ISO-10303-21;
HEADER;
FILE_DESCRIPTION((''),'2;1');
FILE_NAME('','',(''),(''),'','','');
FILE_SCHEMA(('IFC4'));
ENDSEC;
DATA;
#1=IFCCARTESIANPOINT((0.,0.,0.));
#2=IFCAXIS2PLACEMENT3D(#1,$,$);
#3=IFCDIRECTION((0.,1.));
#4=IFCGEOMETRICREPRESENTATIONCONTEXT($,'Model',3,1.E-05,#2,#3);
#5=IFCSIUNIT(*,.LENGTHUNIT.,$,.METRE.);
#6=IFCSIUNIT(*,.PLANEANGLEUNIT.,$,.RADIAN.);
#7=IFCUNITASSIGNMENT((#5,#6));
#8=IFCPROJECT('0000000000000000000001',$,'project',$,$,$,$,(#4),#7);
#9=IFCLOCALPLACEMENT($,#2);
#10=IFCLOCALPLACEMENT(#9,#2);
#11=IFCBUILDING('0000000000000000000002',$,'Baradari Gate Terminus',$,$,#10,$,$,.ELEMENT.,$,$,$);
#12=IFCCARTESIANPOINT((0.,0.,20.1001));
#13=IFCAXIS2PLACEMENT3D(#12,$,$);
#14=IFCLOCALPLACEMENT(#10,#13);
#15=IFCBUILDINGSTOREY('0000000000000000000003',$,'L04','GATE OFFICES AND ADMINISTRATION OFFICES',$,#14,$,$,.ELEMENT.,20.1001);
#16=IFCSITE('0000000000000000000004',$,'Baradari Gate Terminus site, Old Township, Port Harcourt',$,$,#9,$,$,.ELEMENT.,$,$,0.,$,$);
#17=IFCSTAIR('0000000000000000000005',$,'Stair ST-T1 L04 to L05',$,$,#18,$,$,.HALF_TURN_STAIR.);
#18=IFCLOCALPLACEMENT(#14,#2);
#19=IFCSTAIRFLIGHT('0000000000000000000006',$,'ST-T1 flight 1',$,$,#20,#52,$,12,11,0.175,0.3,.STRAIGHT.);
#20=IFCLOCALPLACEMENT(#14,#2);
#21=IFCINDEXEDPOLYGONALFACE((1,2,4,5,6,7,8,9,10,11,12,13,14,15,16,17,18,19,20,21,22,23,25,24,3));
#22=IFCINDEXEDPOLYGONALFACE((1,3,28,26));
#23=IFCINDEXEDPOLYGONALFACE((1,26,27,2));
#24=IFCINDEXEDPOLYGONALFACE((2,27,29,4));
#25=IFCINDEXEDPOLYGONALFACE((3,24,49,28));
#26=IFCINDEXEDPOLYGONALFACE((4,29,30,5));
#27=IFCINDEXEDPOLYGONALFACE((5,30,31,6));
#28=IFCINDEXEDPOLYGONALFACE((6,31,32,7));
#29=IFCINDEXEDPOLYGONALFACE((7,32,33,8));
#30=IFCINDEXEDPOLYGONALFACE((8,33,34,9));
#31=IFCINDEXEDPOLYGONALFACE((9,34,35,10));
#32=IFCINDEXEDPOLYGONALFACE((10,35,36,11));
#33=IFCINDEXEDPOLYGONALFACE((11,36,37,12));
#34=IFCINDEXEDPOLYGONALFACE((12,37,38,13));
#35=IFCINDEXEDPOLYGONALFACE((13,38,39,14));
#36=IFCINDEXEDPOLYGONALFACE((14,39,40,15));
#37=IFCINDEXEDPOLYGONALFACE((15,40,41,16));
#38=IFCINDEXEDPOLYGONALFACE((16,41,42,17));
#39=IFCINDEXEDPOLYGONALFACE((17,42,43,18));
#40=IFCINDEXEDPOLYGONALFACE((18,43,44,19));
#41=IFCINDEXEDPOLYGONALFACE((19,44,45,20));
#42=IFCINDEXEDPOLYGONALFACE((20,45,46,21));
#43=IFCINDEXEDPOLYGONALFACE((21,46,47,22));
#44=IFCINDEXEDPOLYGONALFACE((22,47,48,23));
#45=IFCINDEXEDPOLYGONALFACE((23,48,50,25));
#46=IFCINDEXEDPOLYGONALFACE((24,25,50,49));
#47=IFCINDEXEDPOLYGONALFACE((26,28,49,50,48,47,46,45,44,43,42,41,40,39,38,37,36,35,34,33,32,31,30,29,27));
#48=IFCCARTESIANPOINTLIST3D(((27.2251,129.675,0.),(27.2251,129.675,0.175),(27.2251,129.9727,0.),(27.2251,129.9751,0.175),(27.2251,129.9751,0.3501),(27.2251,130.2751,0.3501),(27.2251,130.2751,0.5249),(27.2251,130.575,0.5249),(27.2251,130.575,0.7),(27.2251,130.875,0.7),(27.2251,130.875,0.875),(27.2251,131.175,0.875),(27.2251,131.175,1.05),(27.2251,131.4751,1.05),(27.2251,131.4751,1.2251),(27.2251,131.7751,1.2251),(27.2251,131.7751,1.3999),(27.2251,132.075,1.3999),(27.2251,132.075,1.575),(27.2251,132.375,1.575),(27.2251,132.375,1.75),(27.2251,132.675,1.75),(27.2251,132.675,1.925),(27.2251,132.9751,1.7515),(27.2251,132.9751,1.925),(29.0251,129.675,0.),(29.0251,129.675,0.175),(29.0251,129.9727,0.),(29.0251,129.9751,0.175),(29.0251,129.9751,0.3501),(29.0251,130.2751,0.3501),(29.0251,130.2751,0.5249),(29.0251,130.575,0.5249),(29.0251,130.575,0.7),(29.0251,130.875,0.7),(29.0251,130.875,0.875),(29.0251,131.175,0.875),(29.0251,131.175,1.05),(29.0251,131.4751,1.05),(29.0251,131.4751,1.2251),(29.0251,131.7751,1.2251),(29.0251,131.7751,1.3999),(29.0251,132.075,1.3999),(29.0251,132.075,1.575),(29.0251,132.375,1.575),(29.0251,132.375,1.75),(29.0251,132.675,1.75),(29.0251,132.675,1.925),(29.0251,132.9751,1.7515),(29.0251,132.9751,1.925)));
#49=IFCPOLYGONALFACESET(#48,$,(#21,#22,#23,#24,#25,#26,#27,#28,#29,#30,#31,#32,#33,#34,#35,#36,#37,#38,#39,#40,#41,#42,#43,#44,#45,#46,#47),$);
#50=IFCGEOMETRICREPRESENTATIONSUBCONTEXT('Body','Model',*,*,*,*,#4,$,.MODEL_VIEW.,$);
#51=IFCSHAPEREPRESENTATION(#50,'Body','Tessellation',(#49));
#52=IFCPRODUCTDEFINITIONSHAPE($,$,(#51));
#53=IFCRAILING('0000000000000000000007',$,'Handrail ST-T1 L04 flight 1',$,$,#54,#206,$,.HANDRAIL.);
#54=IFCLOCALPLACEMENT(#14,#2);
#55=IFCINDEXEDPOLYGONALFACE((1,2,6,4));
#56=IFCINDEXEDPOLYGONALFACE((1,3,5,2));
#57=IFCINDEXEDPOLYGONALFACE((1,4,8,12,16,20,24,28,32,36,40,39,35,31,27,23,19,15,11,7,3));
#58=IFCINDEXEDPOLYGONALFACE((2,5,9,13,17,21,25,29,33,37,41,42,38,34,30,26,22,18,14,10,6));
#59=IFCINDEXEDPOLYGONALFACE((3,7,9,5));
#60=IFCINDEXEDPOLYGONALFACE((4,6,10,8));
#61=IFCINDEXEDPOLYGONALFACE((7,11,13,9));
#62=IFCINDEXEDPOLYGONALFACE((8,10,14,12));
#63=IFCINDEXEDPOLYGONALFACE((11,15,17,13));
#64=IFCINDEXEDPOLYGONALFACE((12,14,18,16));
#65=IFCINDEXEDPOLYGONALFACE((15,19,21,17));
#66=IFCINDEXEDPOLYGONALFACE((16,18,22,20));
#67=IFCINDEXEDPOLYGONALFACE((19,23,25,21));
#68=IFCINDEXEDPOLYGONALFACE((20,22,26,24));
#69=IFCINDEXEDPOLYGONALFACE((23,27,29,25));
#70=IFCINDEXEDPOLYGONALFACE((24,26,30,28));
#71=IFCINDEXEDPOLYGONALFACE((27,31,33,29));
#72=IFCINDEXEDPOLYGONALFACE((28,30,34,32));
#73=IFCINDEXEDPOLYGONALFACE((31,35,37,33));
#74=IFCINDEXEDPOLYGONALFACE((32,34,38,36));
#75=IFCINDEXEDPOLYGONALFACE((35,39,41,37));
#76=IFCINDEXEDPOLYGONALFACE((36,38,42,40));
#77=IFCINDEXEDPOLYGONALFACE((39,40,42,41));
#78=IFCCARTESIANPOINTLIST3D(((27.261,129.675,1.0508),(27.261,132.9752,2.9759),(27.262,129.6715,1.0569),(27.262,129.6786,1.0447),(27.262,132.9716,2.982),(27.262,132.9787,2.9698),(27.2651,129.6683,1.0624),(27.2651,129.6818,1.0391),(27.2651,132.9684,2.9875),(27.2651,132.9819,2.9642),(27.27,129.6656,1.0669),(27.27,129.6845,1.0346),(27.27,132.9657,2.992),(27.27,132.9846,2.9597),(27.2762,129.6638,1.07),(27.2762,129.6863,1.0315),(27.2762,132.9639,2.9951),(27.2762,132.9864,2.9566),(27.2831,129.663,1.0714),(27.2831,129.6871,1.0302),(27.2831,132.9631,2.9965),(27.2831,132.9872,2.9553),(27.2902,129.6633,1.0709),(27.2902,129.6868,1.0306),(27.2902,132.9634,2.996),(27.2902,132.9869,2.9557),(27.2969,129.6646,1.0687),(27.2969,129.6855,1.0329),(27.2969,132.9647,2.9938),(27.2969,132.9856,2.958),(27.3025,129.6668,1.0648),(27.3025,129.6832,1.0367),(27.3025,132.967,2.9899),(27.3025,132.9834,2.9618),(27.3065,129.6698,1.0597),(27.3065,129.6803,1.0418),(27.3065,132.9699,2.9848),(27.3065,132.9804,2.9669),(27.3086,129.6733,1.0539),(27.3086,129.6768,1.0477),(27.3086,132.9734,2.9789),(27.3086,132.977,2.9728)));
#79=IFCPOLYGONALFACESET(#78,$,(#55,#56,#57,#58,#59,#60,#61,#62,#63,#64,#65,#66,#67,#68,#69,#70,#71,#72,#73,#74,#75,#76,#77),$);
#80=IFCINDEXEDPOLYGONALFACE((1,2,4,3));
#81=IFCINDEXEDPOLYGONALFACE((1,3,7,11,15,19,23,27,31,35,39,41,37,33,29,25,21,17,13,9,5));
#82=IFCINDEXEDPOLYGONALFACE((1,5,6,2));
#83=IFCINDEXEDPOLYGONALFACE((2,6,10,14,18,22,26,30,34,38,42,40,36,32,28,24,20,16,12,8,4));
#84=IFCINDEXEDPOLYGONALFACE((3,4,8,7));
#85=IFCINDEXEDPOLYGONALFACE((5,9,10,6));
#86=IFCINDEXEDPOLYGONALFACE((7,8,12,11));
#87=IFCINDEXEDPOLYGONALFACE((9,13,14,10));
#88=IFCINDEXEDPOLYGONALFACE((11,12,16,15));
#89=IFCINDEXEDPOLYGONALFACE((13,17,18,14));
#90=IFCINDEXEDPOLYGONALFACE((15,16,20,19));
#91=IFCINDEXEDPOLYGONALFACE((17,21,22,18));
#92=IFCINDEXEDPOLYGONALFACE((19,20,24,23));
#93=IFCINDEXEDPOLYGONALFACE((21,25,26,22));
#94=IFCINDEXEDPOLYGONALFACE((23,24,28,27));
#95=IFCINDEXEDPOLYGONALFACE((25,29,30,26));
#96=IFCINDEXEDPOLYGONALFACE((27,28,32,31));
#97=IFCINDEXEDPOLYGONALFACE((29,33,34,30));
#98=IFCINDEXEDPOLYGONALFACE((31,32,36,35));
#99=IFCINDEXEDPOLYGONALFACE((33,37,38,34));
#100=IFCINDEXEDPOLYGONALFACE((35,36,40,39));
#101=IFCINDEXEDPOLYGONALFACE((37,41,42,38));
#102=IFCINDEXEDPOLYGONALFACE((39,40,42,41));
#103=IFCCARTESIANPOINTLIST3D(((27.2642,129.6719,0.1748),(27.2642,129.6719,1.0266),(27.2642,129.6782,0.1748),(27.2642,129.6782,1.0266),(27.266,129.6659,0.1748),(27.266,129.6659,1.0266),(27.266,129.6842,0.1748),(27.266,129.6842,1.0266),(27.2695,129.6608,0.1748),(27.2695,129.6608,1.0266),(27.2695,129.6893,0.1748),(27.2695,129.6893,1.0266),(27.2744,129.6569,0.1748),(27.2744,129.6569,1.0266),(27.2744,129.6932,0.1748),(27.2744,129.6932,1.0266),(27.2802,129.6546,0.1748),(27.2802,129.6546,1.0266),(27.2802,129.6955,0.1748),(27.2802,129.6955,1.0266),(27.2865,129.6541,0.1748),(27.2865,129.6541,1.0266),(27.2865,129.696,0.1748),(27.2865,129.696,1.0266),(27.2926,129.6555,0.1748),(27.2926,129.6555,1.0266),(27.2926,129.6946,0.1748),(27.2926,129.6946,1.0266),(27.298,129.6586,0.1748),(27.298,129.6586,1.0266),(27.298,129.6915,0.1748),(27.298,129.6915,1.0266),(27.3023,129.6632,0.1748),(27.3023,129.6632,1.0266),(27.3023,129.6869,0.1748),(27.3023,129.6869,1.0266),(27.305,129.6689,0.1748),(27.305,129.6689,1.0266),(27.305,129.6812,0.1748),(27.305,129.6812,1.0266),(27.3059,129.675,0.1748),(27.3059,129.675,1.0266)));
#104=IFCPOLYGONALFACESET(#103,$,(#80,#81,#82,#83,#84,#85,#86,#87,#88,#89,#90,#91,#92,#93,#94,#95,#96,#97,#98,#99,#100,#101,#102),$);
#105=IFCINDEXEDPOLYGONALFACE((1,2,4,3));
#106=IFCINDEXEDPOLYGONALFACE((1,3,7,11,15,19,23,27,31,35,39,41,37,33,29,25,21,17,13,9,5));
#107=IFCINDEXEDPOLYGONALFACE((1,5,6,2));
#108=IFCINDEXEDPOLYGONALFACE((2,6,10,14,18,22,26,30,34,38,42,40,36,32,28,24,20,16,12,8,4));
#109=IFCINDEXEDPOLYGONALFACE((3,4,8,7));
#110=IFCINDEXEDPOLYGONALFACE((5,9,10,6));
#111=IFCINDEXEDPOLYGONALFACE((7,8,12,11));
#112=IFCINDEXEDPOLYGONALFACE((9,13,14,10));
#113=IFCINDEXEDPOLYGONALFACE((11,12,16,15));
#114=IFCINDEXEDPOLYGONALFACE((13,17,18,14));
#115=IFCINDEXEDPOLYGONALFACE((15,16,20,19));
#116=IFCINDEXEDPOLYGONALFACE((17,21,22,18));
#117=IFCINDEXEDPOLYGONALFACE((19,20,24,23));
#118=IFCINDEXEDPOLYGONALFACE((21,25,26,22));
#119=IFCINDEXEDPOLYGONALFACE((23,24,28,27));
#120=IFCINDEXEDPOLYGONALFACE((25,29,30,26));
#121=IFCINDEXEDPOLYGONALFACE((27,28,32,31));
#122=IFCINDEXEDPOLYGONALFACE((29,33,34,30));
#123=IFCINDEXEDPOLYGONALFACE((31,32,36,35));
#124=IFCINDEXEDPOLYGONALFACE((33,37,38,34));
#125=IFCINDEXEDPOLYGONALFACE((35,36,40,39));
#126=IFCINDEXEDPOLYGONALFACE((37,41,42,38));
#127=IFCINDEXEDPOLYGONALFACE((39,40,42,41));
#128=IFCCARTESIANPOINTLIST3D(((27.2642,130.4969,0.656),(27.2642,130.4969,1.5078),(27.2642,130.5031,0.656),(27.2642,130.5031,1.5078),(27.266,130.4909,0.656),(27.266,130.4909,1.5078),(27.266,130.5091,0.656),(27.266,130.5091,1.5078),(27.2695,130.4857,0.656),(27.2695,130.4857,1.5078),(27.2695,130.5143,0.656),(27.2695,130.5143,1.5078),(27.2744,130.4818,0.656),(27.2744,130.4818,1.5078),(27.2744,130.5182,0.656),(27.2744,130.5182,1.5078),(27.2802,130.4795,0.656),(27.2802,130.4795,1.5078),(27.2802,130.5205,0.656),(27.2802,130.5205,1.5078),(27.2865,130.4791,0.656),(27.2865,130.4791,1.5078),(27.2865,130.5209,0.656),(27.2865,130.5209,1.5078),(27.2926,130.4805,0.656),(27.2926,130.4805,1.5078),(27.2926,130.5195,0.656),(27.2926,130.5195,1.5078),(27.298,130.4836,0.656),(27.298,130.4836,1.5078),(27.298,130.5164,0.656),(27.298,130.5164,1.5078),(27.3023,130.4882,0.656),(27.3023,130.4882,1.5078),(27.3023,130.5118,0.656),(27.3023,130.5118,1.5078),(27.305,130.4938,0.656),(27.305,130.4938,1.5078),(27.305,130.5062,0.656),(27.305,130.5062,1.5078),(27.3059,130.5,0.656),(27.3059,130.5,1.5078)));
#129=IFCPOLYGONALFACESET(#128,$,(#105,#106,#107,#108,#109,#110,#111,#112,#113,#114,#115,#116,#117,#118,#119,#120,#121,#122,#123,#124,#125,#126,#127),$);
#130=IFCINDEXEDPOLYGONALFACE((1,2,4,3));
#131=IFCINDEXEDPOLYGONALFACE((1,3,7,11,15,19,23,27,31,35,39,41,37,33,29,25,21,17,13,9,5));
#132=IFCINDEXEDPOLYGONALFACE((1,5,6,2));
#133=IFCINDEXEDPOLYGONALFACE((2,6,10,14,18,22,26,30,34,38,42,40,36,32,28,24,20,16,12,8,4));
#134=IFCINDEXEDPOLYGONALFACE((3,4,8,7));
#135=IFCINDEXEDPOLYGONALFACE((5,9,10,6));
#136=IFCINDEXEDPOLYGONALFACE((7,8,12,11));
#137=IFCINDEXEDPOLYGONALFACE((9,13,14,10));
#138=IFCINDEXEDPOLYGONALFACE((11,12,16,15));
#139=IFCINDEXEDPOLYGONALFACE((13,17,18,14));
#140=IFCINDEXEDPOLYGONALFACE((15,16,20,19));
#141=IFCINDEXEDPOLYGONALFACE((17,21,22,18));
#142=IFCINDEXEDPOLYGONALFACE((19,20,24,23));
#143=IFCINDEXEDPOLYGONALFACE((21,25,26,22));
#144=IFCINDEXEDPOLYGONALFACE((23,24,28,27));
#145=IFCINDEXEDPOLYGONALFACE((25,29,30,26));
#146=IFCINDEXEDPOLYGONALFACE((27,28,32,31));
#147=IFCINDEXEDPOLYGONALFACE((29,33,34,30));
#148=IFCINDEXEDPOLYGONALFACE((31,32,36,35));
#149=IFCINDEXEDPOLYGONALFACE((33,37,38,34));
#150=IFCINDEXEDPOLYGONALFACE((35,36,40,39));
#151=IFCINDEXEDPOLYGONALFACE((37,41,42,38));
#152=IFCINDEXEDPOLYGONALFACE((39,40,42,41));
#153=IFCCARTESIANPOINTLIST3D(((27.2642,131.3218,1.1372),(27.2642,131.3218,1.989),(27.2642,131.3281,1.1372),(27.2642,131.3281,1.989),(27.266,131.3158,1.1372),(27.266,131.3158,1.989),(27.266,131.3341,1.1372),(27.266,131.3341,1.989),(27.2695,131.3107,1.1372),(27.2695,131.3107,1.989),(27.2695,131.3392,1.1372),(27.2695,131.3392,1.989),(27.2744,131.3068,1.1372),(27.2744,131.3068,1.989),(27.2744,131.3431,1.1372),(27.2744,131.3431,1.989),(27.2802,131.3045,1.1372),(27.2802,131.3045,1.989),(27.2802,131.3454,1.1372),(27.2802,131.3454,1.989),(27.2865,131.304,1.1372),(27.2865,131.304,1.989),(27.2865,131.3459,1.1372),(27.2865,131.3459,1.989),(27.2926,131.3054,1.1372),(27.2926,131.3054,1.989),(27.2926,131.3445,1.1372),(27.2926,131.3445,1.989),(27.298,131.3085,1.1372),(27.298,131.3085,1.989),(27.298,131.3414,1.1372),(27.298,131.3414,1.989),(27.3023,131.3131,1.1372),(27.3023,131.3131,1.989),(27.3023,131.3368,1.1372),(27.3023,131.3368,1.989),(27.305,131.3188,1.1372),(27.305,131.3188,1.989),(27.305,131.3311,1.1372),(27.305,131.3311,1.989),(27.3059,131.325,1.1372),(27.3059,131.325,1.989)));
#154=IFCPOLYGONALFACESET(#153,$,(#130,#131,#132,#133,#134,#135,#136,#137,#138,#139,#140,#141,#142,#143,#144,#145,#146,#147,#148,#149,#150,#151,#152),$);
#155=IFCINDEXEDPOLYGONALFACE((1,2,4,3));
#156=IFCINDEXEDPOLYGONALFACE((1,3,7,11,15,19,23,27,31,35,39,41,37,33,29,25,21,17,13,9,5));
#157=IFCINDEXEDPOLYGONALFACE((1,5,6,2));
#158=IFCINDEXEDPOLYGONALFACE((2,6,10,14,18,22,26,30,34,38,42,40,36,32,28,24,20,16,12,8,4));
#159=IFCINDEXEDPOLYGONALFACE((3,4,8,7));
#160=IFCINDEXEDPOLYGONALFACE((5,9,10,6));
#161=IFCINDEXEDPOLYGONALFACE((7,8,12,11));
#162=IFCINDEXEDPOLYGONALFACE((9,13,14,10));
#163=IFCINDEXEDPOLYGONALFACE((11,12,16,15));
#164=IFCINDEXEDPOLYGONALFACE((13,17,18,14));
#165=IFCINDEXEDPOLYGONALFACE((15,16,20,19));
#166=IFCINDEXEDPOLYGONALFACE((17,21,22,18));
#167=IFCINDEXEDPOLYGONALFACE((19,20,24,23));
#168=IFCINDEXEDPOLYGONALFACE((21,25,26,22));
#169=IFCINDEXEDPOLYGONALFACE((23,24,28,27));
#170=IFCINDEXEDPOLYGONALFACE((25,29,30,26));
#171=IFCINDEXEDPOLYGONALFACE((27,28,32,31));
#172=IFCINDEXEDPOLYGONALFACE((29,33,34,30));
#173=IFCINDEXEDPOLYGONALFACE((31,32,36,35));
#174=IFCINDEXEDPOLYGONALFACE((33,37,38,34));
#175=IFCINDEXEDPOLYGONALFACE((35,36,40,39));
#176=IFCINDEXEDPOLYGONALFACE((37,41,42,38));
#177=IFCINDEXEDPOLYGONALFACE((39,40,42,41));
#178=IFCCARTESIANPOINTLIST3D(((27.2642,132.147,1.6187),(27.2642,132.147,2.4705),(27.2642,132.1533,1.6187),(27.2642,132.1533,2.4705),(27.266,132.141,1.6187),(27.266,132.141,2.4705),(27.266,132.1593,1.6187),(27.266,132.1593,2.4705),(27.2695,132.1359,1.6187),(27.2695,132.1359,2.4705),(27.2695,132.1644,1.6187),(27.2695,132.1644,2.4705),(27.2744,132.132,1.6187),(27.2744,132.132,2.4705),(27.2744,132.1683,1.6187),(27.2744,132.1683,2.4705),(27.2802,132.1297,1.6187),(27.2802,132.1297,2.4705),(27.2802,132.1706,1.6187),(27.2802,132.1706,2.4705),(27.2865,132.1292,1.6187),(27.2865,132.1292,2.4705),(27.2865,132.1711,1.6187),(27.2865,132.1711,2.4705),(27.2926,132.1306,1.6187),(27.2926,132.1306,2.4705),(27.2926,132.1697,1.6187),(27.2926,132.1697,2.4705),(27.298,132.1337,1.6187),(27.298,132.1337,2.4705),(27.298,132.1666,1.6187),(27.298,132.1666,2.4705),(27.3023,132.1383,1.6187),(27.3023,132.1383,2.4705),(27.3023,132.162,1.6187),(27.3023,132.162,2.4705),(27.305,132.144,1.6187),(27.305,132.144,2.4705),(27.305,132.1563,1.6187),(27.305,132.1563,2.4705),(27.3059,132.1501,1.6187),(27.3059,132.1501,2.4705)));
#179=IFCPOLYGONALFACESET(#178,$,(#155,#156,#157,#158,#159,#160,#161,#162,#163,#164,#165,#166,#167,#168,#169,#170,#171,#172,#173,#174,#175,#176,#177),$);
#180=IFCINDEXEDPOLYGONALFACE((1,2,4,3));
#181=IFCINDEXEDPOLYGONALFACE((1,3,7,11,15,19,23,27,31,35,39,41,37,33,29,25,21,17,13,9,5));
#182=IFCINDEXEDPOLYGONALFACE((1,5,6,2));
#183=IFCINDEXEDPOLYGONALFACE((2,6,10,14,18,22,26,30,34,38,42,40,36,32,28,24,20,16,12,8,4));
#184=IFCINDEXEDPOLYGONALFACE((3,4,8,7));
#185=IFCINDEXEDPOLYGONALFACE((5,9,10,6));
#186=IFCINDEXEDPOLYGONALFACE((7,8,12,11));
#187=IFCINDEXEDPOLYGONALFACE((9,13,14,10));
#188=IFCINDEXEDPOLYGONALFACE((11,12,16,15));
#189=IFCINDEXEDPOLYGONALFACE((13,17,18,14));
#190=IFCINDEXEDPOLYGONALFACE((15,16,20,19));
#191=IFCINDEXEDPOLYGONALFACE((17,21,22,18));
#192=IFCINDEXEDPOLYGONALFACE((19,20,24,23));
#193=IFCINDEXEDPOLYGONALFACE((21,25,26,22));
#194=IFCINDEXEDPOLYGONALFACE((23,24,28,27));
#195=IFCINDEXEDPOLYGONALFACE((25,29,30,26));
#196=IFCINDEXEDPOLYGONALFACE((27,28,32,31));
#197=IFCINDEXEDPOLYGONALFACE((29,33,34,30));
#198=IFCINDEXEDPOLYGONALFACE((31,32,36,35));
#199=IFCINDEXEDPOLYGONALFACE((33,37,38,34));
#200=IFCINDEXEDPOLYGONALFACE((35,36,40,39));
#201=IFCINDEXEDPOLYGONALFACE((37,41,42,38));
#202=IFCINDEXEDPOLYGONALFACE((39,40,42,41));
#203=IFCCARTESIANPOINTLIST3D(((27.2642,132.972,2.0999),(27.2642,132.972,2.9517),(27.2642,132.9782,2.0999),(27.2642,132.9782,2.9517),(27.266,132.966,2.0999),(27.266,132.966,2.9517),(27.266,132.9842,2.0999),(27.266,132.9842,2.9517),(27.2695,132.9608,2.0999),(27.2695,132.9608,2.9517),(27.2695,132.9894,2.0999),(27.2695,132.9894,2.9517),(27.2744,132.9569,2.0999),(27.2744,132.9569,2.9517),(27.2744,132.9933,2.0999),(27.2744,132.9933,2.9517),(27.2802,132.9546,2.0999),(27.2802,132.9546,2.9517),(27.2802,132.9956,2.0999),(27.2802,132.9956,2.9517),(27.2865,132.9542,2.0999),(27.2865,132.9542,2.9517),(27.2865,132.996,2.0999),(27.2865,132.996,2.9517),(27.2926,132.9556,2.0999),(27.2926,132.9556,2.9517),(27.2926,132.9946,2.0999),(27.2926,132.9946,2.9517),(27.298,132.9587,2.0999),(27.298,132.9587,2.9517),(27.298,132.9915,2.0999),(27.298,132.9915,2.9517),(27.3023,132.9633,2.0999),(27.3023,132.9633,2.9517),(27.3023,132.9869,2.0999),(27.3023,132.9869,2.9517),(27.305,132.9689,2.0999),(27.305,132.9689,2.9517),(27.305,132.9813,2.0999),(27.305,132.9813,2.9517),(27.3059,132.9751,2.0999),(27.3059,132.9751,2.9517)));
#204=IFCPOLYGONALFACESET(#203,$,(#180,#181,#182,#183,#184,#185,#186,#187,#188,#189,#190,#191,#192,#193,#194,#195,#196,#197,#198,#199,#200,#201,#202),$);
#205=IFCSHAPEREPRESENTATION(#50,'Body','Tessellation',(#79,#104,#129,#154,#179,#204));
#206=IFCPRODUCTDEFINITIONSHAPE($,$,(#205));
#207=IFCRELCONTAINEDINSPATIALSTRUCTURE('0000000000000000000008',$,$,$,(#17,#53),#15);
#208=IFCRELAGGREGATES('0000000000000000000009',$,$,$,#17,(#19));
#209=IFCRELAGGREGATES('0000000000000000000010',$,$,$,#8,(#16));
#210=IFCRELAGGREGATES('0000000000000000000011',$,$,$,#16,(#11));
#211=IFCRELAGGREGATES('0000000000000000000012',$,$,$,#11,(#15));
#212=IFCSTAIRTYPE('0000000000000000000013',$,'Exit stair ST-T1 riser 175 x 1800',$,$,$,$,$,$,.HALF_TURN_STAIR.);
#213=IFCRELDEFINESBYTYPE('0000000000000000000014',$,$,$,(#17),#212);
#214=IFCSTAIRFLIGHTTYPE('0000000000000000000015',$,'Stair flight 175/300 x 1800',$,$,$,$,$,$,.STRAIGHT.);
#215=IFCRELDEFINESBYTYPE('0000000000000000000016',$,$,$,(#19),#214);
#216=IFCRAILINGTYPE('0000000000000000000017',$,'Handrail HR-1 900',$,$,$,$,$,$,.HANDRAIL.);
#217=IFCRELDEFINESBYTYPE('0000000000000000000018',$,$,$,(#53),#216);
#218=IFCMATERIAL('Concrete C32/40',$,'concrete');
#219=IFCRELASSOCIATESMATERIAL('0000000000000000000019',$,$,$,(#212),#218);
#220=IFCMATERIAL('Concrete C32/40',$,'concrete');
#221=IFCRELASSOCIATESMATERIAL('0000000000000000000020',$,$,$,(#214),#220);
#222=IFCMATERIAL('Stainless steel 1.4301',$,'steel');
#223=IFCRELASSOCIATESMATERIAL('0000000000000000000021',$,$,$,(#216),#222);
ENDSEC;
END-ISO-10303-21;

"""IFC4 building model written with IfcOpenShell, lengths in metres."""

from ifc_helpers import new_model, si_unit, direction, frame, origin, origin_2d, place, context, subcontext, project, spatial, polyline, circle, outline, extrude, material, type_object, element, aggregate, save


model = new_model("IFC4")

# Units and contexts
model_context = context("Model", 3, precision=1e-05, world=origin(), true_north=direction((0.0, 1.0)))
body_context = subcontext(model_context, "Body", "Model", "MODEL_VIEW")
ifc_project = project(units=[si_unit("LENGTHUNIT", "METRE"), si_unit("PLANEANGLEUNIT", "RADIAN")], contexts=[model_context])

# Site, building, storey
site_placement = place(None, origin())
site = spatial("IfcSite", under=ifc_project, at=site_placement, Name="Baradari Gate Terminus site, Old Township, Port Harcourt", CompositionType="ELEMENT", RefElevation=0.0)
building_placement = place(site_placement, origin())
building = spatial("IfcBuilding", under=site, at=building_placement, Name="Baradari Gate Terminus", CompositionType="ELEMENT")
storey_placement = place(building_placement, frame((0.0, 0.0, 20.1001)))
storey = spatial("IfcBuildingStorey", under=building, at=storey_placement, Name="L04", Description="GATE OFFICES AND ADMINISTRATION OFFICES", CompositionType="ELEMENT", Elevation=20.1001)

# Stair, stair flight
ifc_material_1 = material(Name="Concrete C32/40", Category="concrete")
stair_type = type_object("IfcStairType", Name="Exit stair ST-T1 riser 175 x 1800", PredefinedType="HALF_TURN_STAIR", material=ifc_material_1)
stair_placement = place(storey_placement, origin())
stair = element("IfcStair", 1, at=stair_placement, inside=storey, type_object=stair_type, Name="Stair ST-T1 L04 to L05", PredefinedType="HALF_TURN_STAIR")
ifc_material_2 = material(Name="Concrete C32/40", Category="concrete")
stair_flight_type = type_object("IfcStairFlightType", Name="Stair flight 175/300 x 1800", PredefinedType="STRAIGHT", material=ifc_material_2)
stair_flight_placement = place(storey_placement, frame((28.125, 129.675, 0.0), z_axis=(0.0, 0.0, 1.0), x_axis=(0.0, 1.0, 0.0)))
stair_flight = element("IfcStairFlight", 2, at=stair_flight_placement, type_object=stair_flight_type, Name="ST-T1 flight 1", NumberOfRisers=12, NumberOfTreads=11, PredefinedType="STRAIGHT", RiserHeight=0.175, TreadLength=0.3, context=body_context, shape_type="SweptSolid", body=[
    extrude(outline(polyline([(0.0, 0.0), (0.0, 0.175), (0.3, 0.175), (0.3, 0.3501), (0.6001, 0.3501), (0.6001, 0.5249), (0.8999, 0.5249), (0.8999, 0.7), (1.2, 0.7), (1.2, 0.875), (1.5, 0.875), (1.5, 1.05), (1.8, 1.05), (1.8, 1.2251), (2.1001, 1.2251), (2.1001, 1.3999), (2.3999, 1.3999), (2.3999, 1.575), (2.7, 1.575), (2.7, 1.75), (3.0, 1.75), (3.0, 1.925), (3.3, 1.925), (3.3, 2.1001), (3.3, 1.7515), (0.2976, 0.0), (0.0, 0.0)])), frame((0.0, 0.8999, 0.0), z_axis=(0.0, -1.0, 0.0), x_axis=(1.0, 0.0, 0.0)), (0.0, 0.0, 1.0), 1.8),
])
aggregate(stair, [stair_flight])

# Railing
ifc_material_3 = material(Name="Stainless steel 1.4301", Category="steel")
railing_type = type_object("IfcRailingType", Name="Handrail HR-1 900", PredefinedType="HANDRAIL", material=ifc_material_3)
for number, where, name in (
    (3, (27.2849, 129.675, 0.1748), "Handrail ST-T1 L04 flight 1"),
):
    element("IfcRailing", number, at=place(storey_placement, frame(where)), inside=storey, type_object=railing_type, Name=name, PredefinedType="HANDRAIL", context=body_context, shape_type="SweptSolid", body=[
        extrude(circle(Radius=0.0239, at=origin_2d()), frame((0.0, 0.0, 0.876), z_axis=(0.0, 0.863777, 0.503875), x_axis=(-1.0, 0.0, 0.0)), (0.0, 0.0, 1.0), 3.8206),
        extrude(circle(Radius=0.021, at=origin_2d()), origin(), (0.0, 0.0, 1.0), 0.8518),
        extrude(circle(Radius=0.021, at=origin_2d()), frame((0.0, 0.825, 0.4812)), (0.0, 0.0, 1.0), 0.8518),
        extrude(circle(Radius=0.021, at=origin_2d()), frame((0.0, 1.6499, 0.9624)), (0.0, 0.0, 1.0), 0.8518),
        extrude(circle(Radius=0.021, at=origin_2d()), frame((0.0, 2.4751, 1.4438)), (0.0, 0.0, 1.0), 0.8518),
        extrude(circle(Radius=0.021, at=origin_2d()), frame((0.0, 3.3, 1.925)), (0.0, 0.0, 1.0), 0.8518),
    ])

save(model, "model.ifc")
